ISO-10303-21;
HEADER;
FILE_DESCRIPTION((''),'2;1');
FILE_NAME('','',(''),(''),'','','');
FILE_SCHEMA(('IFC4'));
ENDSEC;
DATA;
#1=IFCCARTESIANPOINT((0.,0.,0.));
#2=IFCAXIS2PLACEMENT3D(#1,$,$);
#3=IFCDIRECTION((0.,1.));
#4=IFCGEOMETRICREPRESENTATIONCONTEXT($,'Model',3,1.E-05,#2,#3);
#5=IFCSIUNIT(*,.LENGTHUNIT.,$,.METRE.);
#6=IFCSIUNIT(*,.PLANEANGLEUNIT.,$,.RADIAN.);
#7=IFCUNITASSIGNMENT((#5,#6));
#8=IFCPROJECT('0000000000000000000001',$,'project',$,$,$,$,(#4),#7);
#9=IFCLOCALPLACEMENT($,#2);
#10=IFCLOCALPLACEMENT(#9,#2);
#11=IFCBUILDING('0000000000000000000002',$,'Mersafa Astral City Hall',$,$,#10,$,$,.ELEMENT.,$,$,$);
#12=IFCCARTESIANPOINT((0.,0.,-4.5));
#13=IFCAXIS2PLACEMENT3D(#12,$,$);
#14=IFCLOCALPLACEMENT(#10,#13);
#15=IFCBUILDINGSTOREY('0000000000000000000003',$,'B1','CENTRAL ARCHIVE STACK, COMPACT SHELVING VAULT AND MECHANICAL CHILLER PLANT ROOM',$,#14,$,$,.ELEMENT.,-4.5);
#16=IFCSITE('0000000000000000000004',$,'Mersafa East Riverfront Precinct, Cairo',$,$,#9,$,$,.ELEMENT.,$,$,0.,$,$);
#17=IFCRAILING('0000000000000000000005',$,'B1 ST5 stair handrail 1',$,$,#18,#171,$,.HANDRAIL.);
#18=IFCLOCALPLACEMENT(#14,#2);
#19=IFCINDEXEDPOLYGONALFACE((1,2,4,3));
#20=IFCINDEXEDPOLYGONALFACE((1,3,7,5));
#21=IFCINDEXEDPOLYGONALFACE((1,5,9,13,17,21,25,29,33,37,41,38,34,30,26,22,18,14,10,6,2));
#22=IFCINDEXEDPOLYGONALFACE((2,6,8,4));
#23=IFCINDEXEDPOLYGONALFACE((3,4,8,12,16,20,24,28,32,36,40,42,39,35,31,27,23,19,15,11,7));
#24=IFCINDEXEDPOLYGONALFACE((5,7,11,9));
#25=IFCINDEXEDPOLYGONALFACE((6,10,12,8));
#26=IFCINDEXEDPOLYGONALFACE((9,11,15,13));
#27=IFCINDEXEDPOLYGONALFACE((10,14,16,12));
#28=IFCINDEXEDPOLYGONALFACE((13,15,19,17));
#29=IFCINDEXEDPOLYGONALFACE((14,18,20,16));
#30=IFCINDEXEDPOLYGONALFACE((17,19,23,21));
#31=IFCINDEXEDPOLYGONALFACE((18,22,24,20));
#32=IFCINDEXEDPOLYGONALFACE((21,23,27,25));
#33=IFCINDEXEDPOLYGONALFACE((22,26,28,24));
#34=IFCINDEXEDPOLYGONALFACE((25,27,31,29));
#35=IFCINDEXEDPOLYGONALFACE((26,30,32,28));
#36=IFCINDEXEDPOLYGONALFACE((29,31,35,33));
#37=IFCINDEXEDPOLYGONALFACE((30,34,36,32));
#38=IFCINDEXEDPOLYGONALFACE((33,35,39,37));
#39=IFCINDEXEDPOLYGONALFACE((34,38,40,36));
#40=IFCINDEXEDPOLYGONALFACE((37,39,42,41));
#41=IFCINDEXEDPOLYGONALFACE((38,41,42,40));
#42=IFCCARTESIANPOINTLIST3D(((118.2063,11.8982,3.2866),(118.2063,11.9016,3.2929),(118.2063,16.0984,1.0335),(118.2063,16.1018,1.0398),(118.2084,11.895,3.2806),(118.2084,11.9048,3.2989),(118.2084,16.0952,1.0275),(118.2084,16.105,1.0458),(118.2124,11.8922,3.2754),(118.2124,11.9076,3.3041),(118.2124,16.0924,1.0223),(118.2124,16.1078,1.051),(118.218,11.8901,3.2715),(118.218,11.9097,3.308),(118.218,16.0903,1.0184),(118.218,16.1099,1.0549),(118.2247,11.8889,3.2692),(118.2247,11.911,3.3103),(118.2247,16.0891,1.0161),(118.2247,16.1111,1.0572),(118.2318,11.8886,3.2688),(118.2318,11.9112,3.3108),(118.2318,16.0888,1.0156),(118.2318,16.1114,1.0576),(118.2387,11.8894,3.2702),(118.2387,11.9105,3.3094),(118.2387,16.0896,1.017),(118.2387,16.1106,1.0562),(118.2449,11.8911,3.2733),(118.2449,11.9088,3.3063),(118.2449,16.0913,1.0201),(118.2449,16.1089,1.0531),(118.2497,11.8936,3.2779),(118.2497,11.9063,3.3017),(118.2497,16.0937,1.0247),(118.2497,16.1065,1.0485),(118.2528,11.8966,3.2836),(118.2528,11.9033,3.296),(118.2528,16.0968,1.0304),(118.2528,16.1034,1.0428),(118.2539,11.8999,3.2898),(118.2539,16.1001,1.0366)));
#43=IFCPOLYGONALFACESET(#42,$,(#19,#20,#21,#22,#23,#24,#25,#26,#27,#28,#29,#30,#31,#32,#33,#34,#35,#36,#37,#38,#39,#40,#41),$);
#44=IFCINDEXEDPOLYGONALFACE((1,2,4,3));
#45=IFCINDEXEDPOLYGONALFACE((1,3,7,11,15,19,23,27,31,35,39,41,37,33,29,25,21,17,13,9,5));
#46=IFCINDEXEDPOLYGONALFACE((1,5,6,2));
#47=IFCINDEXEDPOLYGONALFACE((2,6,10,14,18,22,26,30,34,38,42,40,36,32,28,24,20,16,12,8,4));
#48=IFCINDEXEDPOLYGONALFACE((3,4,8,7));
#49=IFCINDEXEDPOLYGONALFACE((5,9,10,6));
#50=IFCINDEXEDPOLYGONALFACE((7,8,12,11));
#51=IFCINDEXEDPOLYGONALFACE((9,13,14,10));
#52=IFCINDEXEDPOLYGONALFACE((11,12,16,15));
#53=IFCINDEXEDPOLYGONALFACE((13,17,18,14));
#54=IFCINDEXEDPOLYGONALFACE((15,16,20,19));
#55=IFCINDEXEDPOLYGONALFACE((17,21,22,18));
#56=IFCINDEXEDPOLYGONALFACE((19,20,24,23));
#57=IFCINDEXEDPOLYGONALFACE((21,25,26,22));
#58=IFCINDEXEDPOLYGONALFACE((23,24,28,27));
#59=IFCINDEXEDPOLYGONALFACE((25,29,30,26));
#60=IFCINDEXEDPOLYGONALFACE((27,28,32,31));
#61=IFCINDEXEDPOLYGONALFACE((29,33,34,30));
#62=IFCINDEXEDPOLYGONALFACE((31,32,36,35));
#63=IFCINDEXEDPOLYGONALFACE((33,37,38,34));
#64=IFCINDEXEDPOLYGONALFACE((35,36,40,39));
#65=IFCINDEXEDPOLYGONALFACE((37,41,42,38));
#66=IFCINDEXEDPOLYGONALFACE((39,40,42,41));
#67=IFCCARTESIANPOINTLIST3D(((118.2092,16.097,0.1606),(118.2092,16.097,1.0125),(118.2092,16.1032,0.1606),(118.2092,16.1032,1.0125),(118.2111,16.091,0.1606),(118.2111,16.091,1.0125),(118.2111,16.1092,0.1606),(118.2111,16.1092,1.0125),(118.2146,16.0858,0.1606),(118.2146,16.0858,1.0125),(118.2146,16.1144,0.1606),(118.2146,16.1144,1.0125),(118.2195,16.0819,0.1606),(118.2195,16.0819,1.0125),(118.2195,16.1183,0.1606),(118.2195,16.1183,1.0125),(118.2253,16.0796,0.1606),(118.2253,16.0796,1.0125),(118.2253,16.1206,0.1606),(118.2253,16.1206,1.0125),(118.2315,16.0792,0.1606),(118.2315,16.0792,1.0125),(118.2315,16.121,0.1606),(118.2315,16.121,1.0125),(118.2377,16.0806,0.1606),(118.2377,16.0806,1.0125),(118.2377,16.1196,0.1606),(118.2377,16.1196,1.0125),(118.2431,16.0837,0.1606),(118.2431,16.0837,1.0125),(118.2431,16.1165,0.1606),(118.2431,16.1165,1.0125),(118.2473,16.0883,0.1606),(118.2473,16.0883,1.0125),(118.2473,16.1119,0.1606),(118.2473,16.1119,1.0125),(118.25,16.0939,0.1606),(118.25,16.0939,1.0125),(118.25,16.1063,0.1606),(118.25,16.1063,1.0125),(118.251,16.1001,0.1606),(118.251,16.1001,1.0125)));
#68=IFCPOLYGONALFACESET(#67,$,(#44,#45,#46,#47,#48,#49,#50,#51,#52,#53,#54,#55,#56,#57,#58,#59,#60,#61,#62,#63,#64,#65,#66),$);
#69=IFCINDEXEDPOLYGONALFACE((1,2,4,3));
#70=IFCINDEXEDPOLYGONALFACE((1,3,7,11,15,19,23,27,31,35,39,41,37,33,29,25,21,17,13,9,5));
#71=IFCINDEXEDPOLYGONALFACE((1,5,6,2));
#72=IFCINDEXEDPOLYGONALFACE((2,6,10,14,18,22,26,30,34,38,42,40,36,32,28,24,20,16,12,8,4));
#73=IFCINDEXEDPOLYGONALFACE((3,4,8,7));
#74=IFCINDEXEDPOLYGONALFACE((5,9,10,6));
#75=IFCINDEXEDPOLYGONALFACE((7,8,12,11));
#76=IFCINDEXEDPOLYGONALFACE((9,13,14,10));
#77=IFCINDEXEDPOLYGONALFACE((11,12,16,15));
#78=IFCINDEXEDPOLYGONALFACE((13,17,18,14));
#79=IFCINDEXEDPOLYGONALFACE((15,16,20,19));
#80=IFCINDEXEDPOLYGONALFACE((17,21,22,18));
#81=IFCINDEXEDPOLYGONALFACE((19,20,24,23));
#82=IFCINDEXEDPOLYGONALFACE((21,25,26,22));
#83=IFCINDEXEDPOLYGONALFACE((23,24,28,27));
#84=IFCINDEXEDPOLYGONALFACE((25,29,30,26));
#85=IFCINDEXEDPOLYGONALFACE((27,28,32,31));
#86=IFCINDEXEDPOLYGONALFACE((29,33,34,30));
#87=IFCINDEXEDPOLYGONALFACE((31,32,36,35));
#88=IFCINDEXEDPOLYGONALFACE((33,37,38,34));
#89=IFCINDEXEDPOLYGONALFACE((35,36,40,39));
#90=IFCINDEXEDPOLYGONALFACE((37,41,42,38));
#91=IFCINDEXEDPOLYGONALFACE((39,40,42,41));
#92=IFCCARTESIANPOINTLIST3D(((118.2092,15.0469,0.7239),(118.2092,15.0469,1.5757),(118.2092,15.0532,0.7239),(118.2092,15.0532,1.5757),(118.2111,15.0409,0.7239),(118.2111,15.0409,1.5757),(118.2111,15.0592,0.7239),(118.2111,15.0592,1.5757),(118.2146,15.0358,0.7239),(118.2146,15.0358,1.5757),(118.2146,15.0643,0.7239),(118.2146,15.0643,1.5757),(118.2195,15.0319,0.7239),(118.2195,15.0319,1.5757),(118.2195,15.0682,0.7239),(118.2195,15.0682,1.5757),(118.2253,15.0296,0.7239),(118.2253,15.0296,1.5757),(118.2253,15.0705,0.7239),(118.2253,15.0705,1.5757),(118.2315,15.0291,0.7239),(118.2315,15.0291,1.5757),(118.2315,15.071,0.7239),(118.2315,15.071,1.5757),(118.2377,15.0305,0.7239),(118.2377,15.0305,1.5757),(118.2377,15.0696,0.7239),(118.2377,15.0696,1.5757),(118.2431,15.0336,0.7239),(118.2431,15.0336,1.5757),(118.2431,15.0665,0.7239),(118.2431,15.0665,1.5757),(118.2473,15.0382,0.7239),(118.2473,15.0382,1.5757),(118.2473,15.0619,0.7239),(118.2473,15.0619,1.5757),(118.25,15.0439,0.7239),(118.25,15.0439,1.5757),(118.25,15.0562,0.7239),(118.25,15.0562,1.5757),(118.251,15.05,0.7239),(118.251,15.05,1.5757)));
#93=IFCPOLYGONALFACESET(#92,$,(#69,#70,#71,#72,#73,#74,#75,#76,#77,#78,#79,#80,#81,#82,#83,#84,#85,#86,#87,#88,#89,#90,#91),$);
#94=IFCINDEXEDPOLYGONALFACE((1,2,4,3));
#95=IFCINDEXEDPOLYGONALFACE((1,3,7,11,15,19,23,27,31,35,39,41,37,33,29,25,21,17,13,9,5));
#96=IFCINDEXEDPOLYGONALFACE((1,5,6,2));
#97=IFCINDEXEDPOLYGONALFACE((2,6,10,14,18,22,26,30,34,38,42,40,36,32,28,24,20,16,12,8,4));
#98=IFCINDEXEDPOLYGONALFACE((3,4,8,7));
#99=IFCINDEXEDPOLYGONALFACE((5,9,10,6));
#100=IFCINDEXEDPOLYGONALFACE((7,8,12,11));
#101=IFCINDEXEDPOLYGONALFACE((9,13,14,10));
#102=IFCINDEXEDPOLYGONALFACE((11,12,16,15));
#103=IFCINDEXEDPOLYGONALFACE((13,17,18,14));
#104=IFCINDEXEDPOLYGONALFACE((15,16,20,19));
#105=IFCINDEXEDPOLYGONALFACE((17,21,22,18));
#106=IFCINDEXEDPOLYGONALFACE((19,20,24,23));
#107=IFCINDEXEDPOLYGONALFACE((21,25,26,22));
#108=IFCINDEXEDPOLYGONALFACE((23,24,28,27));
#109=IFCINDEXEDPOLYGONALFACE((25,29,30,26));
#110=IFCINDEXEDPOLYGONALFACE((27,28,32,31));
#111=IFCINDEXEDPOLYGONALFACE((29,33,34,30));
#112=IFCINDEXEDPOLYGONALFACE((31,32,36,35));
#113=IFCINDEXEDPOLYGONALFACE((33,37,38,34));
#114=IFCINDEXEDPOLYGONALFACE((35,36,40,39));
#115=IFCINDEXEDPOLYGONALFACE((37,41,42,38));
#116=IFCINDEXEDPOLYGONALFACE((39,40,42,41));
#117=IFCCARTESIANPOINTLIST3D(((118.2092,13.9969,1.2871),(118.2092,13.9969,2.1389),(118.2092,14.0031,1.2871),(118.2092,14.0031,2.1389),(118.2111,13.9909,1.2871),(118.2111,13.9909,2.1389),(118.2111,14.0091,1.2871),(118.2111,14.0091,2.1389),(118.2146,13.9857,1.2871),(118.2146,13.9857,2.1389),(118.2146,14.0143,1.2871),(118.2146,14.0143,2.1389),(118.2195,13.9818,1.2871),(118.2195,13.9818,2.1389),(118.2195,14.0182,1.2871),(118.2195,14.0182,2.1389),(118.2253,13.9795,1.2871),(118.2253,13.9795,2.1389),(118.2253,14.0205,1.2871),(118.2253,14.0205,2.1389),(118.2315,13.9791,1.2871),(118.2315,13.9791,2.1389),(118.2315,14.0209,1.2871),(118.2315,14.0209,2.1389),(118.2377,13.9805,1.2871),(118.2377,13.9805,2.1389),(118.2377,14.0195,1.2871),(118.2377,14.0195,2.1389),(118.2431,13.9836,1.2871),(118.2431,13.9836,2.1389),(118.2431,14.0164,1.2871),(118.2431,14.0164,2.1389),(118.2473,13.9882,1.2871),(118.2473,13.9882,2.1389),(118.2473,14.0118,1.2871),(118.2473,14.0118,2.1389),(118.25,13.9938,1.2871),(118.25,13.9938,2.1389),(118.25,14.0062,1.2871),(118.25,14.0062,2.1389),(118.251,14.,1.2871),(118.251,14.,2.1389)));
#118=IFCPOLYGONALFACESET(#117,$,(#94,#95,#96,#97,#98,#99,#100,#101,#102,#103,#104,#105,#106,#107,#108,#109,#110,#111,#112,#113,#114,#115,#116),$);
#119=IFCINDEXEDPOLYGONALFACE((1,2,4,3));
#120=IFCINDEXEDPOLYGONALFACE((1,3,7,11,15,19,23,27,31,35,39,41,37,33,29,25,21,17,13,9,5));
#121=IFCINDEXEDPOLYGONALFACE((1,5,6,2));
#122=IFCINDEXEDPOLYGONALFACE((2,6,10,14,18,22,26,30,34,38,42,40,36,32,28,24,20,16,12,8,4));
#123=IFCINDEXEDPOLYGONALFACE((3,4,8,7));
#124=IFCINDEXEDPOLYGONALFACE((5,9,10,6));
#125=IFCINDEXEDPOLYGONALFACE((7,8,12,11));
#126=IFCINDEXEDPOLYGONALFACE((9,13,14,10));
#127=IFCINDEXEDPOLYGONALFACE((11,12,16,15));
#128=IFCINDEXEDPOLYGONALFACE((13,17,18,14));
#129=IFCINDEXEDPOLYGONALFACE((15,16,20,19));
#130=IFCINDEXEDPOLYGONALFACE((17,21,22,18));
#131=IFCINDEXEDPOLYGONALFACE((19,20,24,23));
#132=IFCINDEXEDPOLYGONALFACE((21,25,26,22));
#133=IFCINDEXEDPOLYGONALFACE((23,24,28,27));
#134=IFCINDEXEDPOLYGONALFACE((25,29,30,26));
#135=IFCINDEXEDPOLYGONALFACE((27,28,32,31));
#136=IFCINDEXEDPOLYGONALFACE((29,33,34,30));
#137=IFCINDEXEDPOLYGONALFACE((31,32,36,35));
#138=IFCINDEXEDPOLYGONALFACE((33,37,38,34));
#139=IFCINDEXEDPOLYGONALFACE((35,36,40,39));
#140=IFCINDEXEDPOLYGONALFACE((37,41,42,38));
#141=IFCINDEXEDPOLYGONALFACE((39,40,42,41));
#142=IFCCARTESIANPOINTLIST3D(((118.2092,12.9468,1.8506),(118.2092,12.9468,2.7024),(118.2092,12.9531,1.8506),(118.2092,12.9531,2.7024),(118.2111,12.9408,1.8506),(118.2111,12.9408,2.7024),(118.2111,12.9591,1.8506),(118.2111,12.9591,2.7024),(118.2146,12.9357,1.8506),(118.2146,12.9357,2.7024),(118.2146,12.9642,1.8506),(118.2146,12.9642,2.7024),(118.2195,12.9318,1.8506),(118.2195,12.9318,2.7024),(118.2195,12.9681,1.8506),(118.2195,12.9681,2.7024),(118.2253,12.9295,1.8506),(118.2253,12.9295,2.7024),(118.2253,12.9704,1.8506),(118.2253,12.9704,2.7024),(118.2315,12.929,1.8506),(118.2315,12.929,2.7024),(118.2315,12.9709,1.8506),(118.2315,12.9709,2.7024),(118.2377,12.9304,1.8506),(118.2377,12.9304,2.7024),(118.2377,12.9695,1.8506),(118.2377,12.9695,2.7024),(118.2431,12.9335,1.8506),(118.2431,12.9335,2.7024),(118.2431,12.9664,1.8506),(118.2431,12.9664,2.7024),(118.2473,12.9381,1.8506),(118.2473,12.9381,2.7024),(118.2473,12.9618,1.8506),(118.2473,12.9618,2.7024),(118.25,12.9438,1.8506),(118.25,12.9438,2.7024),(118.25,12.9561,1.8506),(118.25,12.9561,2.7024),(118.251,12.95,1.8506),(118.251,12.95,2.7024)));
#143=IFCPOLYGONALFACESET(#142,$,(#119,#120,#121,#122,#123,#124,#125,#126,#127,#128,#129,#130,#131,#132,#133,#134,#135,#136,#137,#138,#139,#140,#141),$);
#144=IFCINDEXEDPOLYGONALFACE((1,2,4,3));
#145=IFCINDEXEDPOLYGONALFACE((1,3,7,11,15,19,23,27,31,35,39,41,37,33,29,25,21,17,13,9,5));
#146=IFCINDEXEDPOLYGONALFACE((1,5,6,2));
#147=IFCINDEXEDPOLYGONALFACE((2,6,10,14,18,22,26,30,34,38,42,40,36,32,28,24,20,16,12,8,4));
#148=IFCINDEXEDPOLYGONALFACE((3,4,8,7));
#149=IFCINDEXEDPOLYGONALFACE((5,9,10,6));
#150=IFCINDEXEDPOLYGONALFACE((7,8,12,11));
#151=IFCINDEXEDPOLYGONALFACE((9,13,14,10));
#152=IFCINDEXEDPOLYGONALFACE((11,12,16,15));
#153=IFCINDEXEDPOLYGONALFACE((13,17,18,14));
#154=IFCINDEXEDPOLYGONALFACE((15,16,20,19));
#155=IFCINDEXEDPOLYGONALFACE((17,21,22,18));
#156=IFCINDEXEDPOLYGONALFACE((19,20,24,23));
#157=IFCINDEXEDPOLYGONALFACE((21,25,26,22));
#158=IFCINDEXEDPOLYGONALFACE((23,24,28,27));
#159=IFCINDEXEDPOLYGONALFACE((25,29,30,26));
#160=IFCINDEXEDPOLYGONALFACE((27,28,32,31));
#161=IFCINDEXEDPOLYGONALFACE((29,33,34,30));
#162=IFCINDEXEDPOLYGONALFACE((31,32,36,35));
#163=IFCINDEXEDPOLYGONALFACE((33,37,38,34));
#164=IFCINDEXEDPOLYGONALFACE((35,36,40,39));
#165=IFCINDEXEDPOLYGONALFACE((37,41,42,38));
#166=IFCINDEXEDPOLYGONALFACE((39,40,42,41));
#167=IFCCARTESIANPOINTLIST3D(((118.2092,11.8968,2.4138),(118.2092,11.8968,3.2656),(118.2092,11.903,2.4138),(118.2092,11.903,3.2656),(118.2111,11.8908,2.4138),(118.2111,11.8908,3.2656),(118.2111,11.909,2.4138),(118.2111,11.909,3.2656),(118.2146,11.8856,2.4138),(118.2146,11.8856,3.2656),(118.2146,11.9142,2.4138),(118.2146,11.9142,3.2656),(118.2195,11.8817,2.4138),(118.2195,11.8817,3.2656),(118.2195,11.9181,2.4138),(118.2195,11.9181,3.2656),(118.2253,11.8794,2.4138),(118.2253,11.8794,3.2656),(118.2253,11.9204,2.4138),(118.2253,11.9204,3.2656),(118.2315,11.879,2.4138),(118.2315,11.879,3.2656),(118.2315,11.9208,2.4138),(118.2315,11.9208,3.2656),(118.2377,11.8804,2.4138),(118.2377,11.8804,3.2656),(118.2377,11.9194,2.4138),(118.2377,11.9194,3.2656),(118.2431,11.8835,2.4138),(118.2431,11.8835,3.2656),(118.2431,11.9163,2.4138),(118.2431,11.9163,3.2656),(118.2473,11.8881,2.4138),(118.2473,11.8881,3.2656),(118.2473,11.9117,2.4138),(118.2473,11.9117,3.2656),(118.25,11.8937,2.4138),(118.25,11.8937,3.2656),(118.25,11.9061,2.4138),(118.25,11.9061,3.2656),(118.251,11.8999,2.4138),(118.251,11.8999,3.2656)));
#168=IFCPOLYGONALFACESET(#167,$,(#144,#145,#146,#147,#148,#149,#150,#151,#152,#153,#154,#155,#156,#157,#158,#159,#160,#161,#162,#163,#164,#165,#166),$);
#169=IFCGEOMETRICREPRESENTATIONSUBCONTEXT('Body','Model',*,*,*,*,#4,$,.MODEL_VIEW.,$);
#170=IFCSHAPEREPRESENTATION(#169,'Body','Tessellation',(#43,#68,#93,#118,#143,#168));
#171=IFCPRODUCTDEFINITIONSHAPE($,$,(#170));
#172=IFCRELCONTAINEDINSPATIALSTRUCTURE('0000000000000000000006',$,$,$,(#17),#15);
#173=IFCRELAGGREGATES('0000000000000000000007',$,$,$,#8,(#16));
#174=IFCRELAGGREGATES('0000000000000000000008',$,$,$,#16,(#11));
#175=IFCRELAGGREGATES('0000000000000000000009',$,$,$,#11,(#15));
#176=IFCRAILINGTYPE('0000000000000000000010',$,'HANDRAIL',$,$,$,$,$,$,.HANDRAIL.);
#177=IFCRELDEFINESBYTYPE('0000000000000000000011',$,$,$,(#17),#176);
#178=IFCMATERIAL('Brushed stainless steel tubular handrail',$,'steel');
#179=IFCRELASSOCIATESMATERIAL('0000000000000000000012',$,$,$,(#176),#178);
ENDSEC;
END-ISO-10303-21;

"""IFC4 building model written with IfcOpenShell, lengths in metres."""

from ifc_helpers import new_model, si_unit, direction, frame, origin, origin_2d, place, context, subcontext, project, spatial, circle, extrude, material, type_object, element, save


model = new_model("IFC4")

# Units and contexts
model_context = context("Model", 3, precision=1e-05, world=origin(), true_north=direction((0.0, 1.0)))
body_context = subcontext(model_context, "Body", "Model", "MODEL_VIEW")
ifc_project = project(units=[si_unit("LENGTHUNIT", "METRE"), si_unit("PLANEANGLEUNIT", "RADIAN")], contexts=[model_context])

# Site, building, storey
site_placement = place(None, origin())
site = spatial("IfcSite", under=ifc_project, at=site_placement, Name="Mersafa East Riverfront Precinct, Cairo", CompositionType="ELEMENT", RefElevation=0.0)
building_placement = place(site_placement, origin())
building = spatial("IfcBuilding", under=site, at=building_placement, Name="Mersafa Astral City Hall", CompositionType="ELEMENT")
storey_placement = place(building_placement, frame((0.0, 0.0, -4.5)))
storey = spatial("IfcBuildingStorey", under=building, at=storey_placement, Name="B1", Description="CENTRAL ARCHIVE STACK, COMPACT SHELVING VAULT AND MECHANICAL CHILLER PLANT ROOM", CompositionType="ELEMENT", Elevation=-4.5)

# Railing
ifc_material_1 = material(Name="Brushed stainless steel tubular handrail", Category="steel")
railing_type_1 = type_object("IfcRailingType", Name="HANDRAIL", PredefinedType="HANDRAIL", material=ifc_material_1)
railing_1_placement = place(storey_placement, frame((118.23, 16.1001, 0.1606)))
element("IfcRailing", 1, at=railing_1_placement, inside=storey, type_object=railing_type_1, Name="B1 ST5 stair handrail 1", PredefinedType="HANDRAIL", context=body_context, shape_type="SweptSolid", body=[
    extrude(circle(Radius=0.0239, at=origin_2d()), frame((0.0, 0.0, 0.876), z_axis=(0.0, -0.881212, 0.472722), x_axis=(1.0, 0.0, 0.0)), (0.0, 0.0, 1.0), 4.7664),
    extrude(circle(Radius=0.021, at=origin_2d()), origin(), (0.0, 0.0, 1.0), 0.8518),
    extrude(circle(Radius=0.021, at=origin_2d()), frame((0.0, -1.05, 0.5632)), (0.0, 0.0, 1.0), 0.8518),
    extrude(circle(Radius=0.021, at=origin_2d()), frame((0.0, -2.1001, 1.1265)), (0.0, 0.0, 1.0), 0.8518),
    extrude(circle(Radius=0.021, at=origin_2d()), frame((0.0, -3.1501, 1.6899)), (0.0, 0.0, 1.0), 0.8518),
    extrude(circle(Radius=0.021, at=origin_2d()), frame((0.0, -4.2002, 2.2532)), (0.0, 0.0, 1.0), 0.8518),
])

save(model, "model.ifc")
